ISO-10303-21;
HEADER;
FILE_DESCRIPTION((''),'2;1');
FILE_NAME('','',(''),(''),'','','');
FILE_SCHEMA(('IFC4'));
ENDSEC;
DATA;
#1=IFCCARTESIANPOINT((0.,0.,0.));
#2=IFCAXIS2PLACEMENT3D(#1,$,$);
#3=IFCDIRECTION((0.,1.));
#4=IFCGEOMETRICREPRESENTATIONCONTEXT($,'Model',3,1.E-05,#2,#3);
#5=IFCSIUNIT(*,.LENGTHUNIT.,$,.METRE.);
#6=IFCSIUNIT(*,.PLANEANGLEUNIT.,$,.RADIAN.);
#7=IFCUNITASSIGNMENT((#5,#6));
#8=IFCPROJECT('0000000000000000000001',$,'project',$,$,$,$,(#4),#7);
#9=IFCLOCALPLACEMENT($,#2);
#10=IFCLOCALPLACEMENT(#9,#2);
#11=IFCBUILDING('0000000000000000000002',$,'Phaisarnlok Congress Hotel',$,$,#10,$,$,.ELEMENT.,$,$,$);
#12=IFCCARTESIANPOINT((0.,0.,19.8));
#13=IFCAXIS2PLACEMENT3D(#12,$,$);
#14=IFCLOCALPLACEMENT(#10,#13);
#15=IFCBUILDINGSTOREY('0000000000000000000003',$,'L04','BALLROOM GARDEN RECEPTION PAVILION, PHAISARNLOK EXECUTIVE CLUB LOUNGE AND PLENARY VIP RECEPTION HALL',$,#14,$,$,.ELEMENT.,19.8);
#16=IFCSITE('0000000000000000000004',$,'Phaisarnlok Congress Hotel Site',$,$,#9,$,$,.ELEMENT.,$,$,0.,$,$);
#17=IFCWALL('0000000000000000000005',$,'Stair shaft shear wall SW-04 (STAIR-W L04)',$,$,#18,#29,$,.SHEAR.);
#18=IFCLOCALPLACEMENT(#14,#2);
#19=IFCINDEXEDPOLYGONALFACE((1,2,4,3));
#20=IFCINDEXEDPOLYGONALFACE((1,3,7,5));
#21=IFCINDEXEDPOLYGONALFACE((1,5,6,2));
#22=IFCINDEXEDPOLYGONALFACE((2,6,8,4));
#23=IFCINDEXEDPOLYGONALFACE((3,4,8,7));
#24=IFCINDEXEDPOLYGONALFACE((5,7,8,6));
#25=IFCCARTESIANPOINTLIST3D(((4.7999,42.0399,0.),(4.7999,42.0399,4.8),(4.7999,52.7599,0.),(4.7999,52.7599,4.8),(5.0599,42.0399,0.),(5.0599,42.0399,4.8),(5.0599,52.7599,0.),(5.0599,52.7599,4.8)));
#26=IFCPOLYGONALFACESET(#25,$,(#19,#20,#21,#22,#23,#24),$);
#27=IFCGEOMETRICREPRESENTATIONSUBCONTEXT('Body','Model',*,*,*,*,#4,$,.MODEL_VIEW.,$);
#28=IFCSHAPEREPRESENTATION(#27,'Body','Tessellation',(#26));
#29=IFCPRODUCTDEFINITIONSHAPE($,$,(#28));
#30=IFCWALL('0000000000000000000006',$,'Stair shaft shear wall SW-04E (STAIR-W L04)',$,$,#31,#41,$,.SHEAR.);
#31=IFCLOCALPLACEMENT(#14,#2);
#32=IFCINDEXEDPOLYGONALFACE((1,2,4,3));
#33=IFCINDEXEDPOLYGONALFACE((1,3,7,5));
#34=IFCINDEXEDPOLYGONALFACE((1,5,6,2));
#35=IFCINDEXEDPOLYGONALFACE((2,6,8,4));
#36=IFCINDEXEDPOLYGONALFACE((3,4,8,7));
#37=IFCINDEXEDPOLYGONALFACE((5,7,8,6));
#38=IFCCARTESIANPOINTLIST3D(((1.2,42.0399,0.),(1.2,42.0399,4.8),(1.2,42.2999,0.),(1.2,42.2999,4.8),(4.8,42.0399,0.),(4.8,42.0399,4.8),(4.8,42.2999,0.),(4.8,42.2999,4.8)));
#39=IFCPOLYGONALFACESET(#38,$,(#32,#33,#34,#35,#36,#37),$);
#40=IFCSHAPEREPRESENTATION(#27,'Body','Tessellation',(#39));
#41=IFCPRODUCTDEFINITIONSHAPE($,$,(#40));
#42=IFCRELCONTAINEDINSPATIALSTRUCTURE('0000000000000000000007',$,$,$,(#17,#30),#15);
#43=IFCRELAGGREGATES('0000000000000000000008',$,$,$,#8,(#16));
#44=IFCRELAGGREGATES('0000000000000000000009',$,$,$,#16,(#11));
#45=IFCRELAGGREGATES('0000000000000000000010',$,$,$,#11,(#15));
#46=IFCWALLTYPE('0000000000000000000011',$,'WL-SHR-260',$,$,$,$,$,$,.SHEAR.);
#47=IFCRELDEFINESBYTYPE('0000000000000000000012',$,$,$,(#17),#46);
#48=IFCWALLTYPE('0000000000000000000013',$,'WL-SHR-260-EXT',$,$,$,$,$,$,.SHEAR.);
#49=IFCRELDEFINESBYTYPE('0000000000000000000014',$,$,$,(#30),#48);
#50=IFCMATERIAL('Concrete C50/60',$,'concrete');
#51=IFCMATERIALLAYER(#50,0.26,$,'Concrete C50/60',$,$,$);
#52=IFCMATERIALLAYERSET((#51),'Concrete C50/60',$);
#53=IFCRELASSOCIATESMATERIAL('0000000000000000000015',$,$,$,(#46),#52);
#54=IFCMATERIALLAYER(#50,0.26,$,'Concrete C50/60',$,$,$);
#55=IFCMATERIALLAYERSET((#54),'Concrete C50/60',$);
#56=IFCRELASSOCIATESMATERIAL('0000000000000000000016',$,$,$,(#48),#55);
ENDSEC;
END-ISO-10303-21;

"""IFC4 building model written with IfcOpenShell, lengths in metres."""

from ifc_helpers import new_model, si_unit, direction, frame, frame_2d, origin, place, context, subcontext, project, spatial, rectangle, extrude, material, layer, layer_set, type_object, element, save


model = new_model("IFC4")

# Units and contexts
model_context = context("Model", 3, precision=1e-05, world=origin(), true_north=direction((0.0, 1.0)))
body_context = subcontext(model_context, "Body", "Model", "MODEL_VIEW")
ifc_project = project(units=[si_unit("LENGTHUNIT", "METRE"), si_unit("PLANEANGLEUNIT", "RADIAN")], contexts=[model_context])

# Site, building, storey
site_placement = place(None, origin())
site = spatial("IfcSite", under=ifc_project, at=site_placement, Name="Phaisarnlok Congress Hotel Site", CompositionType="ELEMENT", RefElevation=0.0)
building_placement = place(site_placement, origin())
building = spatial("IfcBuilding", under=site, at=building_placement, Name="Phaisarnlok Congress Hotel", CompositionType="ELEMENT")
storey_placement = place(building_placement, frame((0.0, 0.0, 19.8)))
storey = spatial("IfcBuildingStorey", under=building, at=storey_placement, Name="L04", Description="BALLROOM GARDEN RECEPTION PAVILION, PHAISARNLOK EXECUTIVE CLUB LOUNGE AND PLENARY VIP RECEPTION HALL", CompositionType="ELEMENT", Elevation=19.8)

# Shared definitions
ifc_material_1 = material(Name="Concrete C50/60", Category="concrete")

# Walls
ifc_layer_1 = layer(ifc_material_1, 0.26, Name="Concrete C50/60")
ifc_layer_set_1 = layer_set([ifc_layer_1], Name="Concrete C50/60")
wall_type_1 = type_object("IfcWallType", Name="WL-SHR-260", PredefinedType="SHEAR", material=ifc_layer_set_1)
wall_1_placement = place(storey_placement, frame((4.9299, 42.04, 0.0), z_axis=(0.0, 0.0, 1.0), x_axis=(0.0, 1.0, 0.0)))
element("IfcWall", 1, at=wall_1_placement, inside=storey, type_object=wall_type_1, Name="Stair shaft shear wall SW-04 (STAIR-W L04)", PredefinedType="SHEAR", context=body_context, shape_type="SweptSolid", body=[
    extrude(rectangle(XDim=10.72, YDim=0.26, at=frame_2d((5.3599, 0.0))), origin(), (0.0, 0.0, 1.0), 4.8),
])
ifc_layer_2 = layer(ifc_material_1, 0.26, Name="Concrete C50/60")
ifc_layer_set_2 = layer_set([ifc_layer_2], Name="Concrete C50/60")
wall_type_2 = type_object("IfcWallType", Name="WL-SHR-260-EXT", PredefinedType="SHEAR", material=ifc_layer_set_2)
wall_2_placement = place(storey_placement, frame((1.2, 42.1699, 0.0), z_axis=(0.0, 0.0, 1.0), x_axis=(1.0, 0.0, 0.0)))
element("IfcWall", 2, at=wall_2_placement, inside=storey, type_object=wall_type_2, Name="Stair shaft shear wall SW-04E (STAIR-W L04)", PredefinedType="SHEAR", context=body_context, shape_type="SweptSolid", body=[
    extrude(rectangle(XDim=3.6001, YDim=0.26, at=frame_2d((1.8, 0.0))), origin(), (0.0, 0.0, 1.0), 4.8),
])

save(model, "model.ifc")
